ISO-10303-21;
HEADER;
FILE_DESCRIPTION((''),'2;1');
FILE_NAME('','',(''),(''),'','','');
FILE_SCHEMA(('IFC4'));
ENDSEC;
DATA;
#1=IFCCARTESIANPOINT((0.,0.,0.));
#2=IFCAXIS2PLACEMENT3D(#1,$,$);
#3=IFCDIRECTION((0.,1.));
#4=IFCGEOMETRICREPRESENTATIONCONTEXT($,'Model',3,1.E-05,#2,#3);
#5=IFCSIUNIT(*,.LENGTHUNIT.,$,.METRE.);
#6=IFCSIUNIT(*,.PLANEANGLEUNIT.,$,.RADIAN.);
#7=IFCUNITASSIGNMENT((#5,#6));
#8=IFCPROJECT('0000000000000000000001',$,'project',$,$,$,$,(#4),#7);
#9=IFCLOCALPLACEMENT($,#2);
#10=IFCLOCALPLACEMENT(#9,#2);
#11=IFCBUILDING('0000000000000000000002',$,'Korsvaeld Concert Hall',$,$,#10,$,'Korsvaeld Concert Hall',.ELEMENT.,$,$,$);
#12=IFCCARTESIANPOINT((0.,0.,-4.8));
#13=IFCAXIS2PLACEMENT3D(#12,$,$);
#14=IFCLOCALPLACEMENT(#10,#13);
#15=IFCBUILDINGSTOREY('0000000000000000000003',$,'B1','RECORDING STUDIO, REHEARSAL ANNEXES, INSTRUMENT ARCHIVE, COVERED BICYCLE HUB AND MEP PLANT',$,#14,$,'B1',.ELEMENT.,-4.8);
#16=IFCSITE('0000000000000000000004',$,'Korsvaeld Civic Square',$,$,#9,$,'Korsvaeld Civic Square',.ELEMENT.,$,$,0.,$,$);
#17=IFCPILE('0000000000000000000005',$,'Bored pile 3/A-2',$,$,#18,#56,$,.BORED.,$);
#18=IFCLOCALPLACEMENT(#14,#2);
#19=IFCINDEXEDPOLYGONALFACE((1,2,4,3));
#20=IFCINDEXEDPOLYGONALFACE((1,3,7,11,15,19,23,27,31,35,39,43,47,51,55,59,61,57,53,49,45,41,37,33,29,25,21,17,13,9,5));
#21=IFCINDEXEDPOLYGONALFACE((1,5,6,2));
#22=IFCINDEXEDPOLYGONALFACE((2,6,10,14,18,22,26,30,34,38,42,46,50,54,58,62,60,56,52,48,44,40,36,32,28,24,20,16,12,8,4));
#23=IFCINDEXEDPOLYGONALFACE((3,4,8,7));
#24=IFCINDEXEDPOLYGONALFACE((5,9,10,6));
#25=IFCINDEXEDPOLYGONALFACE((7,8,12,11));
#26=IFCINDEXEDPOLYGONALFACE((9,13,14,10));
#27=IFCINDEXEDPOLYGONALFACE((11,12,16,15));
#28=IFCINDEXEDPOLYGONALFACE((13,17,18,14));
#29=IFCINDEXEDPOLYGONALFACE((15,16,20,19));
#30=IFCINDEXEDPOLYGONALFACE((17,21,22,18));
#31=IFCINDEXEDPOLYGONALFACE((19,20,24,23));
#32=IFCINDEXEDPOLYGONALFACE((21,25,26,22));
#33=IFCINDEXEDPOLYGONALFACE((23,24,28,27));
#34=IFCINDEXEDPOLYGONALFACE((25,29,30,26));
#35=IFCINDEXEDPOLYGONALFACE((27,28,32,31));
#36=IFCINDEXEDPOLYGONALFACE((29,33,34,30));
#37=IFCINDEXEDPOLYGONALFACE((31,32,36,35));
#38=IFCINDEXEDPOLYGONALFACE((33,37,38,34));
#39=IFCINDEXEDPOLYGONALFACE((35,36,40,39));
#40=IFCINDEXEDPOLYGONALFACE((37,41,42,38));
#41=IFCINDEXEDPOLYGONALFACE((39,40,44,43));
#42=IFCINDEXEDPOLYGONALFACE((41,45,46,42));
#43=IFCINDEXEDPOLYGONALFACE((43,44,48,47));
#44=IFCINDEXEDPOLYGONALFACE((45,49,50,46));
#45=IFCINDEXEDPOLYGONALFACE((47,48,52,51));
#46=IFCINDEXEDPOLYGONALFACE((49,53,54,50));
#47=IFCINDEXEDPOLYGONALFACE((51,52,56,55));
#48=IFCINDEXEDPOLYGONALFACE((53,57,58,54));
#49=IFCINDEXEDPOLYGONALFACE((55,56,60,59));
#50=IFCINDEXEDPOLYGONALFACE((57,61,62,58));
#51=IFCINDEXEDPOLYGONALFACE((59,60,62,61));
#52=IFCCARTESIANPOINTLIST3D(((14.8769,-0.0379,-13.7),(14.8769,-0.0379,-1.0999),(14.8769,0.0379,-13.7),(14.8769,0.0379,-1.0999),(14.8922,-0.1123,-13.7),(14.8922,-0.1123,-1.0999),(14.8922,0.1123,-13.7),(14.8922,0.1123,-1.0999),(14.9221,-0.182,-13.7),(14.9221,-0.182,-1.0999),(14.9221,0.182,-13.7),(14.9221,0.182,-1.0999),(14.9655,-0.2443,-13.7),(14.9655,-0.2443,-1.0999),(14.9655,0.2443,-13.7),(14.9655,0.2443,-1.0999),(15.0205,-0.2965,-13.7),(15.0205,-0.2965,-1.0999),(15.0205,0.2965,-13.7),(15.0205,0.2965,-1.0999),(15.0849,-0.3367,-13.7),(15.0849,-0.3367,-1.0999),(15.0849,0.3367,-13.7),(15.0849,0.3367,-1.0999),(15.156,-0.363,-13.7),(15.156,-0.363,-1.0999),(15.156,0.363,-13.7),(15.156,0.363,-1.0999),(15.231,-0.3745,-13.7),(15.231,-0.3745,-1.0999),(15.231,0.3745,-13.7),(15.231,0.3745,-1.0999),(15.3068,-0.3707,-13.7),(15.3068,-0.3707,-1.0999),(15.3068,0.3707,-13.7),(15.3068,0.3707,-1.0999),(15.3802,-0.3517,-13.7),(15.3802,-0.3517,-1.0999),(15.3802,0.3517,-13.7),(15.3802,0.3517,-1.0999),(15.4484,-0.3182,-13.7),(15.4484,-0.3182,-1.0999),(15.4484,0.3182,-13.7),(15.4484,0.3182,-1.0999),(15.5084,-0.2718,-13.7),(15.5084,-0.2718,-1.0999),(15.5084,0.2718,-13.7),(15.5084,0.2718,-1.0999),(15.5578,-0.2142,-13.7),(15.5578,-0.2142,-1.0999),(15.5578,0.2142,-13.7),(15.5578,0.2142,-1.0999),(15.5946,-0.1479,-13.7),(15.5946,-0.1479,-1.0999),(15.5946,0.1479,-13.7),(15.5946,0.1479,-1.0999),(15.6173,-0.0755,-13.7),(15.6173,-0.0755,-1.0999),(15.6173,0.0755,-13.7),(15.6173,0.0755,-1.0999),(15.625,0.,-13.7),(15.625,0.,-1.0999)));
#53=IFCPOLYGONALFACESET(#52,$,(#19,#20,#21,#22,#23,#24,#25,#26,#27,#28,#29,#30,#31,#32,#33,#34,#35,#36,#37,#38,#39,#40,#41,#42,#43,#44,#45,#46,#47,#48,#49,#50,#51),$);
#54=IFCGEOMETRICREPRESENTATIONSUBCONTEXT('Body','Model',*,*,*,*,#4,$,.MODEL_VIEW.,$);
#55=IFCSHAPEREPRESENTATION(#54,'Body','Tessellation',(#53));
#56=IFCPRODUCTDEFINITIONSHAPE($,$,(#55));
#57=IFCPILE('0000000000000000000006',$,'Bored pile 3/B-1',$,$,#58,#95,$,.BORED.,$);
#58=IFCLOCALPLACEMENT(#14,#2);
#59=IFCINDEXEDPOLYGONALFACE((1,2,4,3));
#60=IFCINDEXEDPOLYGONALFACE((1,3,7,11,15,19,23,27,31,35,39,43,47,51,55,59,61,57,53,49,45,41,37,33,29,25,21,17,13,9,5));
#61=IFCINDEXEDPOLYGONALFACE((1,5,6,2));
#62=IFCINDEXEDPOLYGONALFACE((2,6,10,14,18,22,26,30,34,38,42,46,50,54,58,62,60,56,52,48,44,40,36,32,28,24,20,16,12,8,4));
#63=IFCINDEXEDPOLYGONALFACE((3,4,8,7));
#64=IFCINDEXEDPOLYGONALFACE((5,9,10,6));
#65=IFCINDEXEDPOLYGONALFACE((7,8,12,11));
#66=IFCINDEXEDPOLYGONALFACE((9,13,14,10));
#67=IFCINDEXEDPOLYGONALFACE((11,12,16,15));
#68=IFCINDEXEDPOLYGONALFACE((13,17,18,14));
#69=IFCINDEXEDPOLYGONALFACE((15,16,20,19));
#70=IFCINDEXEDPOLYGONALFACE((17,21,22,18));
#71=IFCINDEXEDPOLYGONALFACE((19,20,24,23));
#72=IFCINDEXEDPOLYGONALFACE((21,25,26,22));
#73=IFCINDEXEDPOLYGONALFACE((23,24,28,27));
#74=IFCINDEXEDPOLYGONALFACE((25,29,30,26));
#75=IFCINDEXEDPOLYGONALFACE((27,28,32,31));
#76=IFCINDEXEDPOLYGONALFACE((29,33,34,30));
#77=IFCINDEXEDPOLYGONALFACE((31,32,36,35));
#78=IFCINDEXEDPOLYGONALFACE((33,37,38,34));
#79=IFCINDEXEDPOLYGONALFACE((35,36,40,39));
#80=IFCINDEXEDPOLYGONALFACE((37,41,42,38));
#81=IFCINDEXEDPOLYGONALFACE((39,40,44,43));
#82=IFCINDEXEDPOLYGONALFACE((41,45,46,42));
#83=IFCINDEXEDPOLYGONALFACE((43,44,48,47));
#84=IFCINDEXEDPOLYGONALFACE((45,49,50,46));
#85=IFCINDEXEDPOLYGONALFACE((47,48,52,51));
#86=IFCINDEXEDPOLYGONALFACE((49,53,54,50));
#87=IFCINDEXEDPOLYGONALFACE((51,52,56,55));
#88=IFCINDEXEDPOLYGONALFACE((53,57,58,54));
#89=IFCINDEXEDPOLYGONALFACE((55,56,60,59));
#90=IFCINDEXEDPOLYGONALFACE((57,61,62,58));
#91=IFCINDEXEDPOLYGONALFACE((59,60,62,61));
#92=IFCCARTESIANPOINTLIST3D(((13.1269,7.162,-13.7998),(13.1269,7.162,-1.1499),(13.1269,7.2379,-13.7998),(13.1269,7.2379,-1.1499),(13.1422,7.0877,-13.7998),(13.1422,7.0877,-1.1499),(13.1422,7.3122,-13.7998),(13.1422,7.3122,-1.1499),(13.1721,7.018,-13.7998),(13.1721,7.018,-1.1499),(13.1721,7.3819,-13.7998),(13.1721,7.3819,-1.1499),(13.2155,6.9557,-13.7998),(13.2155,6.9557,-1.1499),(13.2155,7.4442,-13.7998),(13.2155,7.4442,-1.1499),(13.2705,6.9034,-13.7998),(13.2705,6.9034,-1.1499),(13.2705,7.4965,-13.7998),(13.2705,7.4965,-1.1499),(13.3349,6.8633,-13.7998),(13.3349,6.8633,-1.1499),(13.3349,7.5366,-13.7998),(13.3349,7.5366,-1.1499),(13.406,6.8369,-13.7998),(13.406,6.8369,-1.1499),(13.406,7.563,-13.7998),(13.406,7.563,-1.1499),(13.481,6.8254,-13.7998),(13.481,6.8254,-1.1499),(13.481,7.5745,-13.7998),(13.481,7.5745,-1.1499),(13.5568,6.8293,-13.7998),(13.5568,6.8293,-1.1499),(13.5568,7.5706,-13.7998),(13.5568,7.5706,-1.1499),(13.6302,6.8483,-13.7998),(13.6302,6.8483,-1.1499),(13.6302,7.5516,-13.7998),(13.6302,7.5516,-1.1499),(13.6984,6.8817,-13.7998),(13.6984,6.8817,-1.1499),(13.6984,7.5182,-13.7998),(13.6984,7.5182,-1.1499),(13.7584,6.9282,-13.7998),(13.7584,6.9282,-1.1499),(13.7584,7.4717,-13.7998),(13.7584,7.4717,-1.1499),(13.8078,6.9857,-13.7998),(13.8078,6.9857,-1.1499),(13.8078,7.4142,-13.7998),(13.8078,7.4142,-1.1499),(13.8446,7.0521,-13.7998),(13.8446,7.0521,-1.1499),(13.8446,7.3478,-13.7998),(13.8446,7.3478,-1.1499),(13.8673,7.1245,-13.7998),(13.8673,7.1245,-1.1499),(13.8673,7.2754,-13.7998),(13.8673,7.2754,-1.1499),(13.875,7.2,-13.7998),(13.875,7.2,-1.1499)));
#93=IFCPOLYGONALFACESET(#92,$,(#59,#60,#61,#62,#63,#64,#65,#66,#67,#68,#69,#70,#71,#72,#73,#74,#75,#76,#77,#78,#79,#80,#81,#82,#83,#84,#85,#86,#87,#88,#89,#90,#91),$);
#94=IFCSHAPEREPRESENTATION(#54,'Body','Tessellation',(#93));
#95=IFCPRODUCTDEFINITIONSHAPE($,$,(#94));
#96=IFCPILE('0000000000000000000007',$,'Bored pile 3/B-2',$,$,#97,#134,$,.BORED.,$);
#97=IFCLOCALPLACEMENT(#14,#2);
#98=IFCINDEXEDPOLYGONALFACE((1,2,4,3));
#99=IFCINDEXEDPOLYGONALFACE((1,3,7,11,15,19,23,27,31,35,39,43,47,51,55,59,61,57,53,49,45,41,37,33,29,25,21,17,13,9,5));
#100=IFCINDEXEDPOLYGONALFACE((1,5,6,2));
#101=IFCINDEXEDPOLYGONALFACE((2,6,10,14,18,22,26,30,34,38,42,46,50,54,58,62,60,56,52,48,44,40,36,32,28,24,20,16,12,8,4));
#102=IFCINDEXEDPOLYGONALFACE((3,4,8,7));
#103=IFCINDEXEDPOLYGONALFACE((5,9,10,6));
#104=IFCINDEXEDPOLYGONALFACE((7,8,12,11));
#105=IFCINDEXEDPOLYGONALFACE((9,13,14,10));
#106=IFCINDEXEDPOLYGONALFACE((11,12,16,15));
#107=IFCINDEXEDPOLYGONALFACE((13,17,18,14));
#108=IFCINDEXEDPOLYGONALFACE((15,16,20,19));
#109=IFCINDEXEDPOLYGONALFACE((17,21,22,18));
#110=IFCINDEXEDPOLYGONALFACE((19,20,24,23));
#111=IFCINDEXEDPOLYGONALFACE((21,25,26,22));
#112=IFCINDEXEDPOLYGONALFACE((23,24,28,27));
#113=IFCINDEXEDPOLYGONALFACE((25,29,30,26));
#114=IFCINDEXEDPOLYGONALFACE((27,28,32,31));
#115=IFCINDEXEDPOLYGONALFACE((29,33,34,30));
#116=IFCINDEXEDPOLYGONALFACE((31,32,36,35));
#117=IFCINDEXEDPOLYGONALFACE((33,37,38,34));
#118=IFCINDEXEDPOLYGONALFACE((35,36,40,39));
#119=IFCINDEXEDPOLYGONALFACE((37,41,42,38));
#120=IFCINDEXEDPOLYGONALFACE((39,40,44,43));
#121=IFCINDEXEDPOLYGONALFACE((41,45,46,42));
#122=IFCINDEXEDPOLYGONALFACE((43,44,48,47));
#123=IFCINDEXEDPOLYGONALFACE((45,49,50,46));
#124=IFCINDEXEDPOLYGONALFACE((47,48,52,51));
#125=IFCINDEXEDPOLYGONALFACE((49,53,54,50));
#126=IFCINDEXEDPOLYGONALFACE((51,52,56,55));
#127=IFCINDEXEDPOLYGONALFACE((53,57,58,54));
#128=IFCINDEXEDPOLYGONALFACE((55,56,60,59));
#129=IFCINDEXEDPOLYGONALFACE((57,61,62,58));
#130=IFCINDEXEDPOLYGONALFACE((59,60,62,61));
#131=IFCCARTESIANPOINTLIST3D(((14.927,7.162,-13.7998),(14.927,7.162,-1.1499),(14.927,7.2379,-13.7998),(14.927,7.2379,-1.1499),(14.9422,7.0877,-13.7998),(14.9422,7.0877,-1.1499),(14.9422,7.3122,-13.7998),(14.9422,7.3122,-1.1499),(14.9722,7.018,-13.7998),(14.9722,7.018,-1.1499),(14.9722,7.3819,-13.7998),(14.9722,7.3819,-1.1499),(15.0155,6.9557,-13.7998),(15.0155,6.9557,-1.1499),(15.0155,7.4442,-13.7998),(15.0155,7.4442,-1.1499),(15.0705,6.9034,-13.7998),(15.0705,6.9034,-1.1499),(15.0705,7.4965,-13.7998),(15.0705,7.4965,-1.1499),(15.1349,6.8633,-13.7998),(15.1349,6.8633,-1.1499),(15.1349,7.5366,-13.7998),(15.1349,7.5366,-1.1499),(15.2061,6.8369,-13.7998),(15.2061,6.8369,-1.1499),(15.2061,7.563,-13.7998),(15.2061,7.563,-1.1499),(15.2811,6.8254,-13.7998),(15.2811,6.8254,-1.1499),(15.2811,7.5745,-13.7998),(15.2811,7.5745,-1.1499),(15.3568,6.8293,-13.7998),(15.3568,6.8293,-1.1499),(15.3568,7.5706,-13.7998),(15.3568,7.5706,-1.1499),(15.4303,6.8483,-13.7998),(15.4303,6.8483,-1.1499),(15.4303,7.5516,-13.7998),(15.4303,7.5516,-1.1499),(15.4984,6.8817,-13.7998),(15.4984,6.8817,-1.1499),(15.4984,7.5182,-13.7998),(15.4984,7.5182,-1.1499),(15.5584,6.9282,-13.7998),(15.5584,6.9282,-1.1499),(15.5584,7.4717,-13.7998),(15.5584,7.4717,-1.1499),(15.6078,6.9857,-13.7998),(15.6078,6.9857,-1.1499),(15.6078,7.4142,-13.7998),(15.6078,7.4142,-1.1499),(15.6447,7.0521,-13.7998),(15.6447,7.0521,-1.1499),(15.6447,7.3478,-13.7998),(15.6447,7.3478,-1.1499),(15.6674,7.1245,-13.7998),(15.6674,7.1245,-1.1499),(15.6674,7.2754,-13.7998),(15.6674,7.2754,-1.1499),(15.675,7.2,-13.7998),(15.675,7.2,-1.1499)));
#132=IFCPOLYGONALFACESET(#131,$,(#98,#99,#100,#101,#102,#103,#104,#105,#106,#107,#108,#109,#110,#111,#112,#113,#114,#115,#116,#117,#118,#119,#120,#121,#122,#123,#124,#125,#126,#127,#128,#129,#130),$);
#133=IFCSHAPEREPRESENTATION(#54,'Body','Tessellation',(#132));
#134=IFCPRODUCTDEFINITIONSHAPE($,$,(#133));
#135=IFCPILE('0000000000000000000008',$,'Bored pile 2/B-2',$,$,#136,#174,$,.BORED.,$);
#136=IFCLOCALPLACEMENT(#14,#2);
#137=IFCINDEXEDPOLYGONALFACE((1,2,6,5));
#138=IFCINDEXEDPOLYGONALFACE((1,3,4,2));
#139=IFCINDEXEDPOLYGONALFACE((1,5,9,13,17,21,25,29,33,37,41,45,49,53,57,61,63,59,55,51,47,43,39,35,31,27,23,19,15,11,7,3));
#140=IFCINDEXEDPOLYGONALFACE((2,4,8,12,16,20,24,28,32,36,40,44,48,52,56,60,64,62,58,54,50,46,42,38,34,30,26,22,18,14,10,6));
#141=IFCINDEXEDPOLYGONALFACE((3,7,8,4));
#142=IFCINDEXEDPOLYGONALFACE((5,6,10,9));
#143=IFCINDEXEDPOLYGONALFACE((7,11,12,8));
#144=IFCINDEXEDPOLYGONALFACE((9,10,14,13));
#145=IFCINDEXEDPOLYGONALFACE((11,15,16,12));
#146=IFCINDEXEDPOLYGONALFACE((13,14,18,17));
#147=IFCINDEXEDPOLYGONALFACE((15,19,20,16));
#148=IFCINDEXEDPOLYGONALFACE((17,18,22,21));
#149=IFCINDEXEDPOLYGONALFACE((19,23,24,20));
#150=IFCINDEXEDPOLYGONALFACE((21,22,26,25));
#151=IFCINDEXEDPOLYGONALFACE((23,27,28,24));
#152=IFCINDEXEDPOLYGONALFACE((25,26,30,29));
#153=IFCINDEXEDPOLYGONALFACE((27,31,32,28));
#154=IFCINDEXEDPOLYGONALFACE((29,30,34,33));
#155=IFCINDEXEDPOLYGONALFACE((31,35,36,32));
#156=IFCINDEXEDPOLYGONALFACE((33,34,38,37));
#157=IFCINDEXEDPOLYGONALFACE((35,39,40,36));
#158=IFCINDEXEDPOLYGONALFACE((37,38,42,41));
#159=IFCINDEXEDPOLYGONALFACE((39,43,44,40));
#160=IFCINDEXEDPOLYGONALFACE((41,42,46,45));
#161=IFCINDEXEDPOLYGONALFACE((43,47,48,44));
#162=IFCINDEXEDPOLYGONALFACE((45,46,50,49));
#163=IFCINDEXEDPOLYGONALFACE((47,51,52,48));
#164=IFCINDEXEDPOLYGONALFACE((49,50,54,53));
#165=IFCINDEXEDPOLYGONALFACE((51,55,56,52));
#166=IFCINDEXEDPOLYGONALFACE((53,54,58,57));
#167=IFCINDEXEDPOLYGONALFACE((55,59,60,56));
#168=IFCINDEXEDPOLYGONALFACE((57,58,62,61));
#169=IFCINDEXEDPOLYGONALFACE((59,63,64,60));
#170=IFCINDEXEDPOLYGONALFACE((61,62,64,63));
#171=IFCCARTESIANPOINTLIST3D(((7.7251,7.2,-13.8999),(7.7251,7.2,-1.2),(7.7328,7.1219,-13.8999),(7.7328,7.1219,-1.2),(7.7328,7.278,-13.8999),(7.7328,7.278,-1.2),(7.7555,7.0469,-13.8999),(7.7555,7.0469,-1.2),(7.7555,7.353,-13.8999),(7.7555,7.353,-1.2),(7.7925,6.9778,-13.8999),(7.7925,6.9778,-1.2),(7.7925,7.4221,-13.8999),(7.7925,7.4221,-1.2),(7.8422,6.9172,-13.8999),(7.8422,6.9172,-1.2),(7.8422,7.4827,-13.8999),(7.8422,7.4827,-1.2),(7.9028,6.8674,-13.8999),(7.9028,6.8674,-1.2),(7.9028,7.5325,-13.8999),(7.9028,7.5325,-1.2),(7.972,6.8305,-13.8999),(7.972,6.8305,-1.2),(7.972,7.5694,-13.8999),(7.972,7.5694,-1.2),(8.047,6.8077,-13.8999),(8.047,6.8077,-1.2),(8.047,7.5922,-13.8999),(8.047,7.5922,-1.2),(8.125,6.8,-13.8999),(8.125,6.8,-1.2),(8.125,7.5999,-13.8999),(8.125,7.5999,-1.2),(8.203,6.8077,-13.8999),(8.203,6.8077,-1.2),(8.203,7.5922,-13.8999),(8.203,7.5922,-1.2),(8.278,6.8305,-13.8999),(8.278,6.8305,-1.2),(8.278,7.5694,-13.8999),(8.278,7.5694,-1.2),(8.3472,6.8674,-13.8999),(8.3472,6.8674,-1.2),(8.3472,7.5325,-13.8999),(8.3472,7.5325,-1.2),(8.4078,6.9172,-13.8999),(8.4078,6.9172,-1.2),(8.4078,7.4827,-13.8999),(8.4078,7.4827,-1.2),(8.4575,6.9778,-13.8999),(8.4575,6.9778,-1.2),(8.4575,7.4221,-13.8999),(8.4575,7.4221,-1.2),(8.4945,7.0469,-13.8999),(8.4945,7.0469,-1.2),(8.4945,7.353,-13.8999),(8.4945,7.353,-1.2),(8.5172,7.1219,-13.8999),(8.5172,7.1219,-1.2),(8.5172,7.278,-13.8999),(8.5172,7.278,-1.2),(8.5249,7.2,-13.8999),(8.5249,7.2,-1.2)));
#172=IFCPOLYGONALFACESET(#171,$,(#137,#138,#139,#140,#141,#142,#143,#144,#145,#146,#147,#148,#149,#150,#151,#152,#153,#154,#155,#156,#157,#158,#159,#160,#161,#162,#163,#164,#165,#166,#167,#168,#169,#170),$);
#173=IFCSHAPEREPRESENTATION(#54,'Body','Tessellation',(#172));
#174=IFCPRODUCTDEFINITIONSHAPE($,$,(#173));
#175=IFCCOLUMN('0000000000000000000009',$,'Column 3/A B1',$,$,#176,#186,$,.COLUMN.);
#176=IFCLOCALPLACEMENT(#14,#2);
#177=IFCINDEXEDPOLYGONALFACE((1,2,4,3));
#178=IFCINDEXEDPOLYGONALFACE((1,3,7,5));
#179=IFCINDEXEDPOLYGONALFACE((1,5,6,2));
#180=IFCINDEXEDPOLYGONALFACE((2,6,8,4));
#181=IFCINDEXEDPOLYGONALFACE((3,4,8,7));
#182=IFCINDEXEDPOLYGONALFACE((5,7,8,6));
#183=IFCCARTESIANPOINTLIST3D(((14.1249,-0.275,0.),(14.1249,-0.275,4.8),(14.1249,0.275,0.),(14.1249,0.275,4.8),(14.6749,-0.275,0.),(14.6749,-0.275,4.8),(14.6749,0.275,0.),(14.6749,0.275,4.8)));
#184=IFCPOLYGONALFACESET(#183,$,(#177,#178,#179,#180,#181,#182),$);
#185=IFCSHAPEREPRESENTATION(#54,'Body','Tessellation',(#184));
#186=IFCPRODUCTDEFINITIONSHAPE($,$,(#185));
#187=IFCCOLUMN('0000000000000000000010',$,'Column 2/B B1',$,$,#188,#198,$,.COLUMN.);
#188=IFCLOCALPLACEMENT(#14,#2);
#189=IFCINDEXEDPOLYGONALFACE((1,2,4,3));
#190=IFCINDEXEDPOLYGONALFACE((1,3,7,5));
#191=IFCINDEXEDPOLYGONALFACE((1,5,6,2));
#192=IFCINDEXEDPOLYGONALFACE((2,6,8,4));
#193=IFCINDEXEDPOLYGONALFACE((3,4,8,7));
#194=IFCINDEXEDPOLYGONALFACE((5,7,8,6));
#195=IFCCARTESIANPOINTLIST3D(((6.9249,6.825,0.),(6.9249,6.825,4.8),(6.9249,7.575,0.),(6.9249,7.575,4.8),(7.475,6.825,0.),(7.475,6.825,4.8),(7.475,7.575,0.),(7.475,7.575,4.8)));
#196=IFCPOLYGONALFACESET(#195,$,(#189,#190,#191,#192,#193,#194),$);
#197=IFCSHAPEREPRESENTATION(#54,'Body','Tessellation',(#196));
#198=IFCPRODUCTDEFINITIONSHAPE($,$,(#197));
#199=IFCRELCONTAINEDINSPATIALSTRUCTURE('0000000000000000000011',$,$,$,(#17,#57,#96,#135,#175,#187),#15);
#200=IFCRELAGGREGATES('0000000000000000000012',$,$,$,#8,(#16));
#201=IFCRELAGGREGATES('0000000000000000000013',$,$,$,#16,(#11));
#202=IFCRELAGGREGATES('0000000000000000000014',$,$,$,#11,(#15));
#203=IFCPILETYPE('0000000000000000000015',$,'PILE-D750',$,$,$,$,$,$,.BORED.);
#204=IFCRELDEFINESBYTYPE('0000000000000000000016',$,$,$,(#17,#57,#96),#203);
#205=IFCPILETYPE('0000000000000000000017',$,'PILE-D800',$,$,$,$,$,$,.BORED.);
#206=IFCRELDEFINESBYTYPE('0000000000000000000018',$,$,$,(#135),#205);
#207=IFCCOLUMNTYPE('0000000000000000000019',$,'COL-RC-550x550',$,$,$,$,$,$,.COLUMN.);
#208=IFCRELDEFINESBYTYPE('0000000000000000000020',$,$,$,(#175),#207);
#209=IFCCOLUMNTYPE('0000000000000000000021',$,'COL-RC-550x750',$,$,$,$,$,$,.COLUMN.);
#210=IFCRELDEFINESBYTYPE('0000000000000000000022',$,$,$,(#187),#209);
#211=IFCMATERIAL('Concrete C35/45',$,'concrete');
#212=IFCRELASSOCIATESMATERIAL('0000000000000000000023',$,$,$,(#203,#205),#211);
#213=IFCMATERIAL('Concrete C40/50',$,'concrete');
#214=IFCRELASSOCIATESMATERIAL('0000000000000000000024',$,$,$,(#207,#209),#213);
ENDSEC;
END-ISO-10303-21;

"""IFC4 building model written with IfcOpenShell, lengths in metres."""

from ifc_helpers import new_model, si_unit, direction, frame, origin, origin_2d, place, context, subcontext, project, spatial, rectangle, circle, extrude, material, material_profile, profile_set, type_object, element, save


model = new_model("IFC4")

# Units and contexts
model_context = context("Model", 3, precision=1e-05, world=origin(), true_north=direction((0.0, 1.0)))
body_context = subcontext(model_context, "Body", "Model", "MODEL_VIEW")
ifc_project = project(units=[si_unit("LENGTHUNIT", "METRE"), si_unit("PLANEANGLEUNIT", "RADIAN")], contexts=[model_context])

# Site, building, storey
site_placement = place(None, origin())
site = spatial("IfcSite", under=ifc_project, at=site_placement, Name="Korsvaeld Civic Square", LongName="Korsvaeld Civic Square", CompositionType="ELEMENT", RefElevation=0.0)
building_placement = place(site_placement, origin())
building = spatial("IfcBuilding", under=site, at=building_placement, Name="Korsvaeld Concert Hall", LongName="Korsvaeld Concert Hall", CompositionType="ELEMENT")
storey_placement = place(building_placement, frame((0.0, 0.0, -4.8)))
storey = spatial("IfcBuildingStorey", under=building, at=storey_placement, Name="B1", Description="RECORDING STUDIO, REHEARSAL ANNEXES, INSTRUMENT ARCHIVE, COVERED BICYCLE HUB AND MEP PLANT", LongName="B1", CompositionType="ELEMENT", Elevation=-4.8)

# Shared definitions
ifc_material_1 = material(Name="Concrete C35/45", Category="concrete")

# Piles
ifc_material_profile_1 = material_profile(ifc_material_1, circle(Radius=0.375, at=origin_2d()), Name="BORED PILE D750")
ifc_profile_set_1 = profile_set([ifc_material_profile_1], Name="Concrete C35/45")
pile_type_1 = type_object("IfcPileType", Name="PILE-D750", PredefinedType="BORED", material=ifc_profile_set_1)
for number, where, z_axis, x_axis, name in (
    (1, (15.25, 0.0, -1.0999), (0.0, 0.0, -1.0), (1.0, 0.0, 0.0), "Bored pile 3/A-2"),
):
    element("IfcPile", number, at=place(storey_placement, frame(where, z_axis=z_axis, x_axis=x_axis)), inside=storey, type_object=pile_type_1, Name=name, PredefinedType="BORED", context=body_context, shape_type="SweptSolid", body=[
        extrude(circle(Radius=0.375, at=origin_2d()), origin(), (0.0, 0.0, 1.0), 12.6001),
    ])
for number, where, z_axis, x_axis, name in (
    (2, (13.5, 7.2, -1.1499), (0.0, 0.0, -1.0), (1.0, 0.0, 0.0), "Bored pile 3/B-1"),
    (3, (15.3, 7.2, -1.1499), (0.0, 0.0, -1.0), (1.0, 0.0, 0.0), "Bored pile 3/B-2"),
):
    element("IfcPile", number, at=place(storey_placement, frame(where, z_axis=z_axis, x_axis=x_axis)), inside=storey, type_object=pile_type_1, Name=name, PredefinedType="BORED", context=body_context, shape_type="SweptSolid", body=[
        extrude(circle(Radius=0.375, at=origin_2d()), origin(), (0.0, 0.0, 1.0), 12.6499),
    ])
ifc_material_profile_2 = material_profile(ifc_material_1, circle(Radius=0.3999, at=origin_2d()), Name="BORED PILE D800")
ifc_profile_set_2 = profile_set([ifc_material_profile_2], Name="Concrete C35/45")
pile_type_2 = type_object("IfcPileType", Name="PILE-D800", PredefinedType="BORED", material=ifc_profile_set_2)
pile_1_placement = place(storey_placement, frame((8.125, 7.2, -1.2), z_axis=(0.0, 0.0, -1.0), x_axis=(1.0, 0.0, 0.0)))
element("IfcPile", 4, at=pile_1_placement, inside=storey, type_object=pile_type_2, Name="Bored pile 2/B-2", PredefinedType="BORED", context=body_context, shape_type="SweptSolid", body=[
    extrude(circle(Radius=0.3999, at=origin_2d()), origin(), (0.0, 0.0, 1.0), 12.7),
])

# Columns
ifc_material_2 = material(Name="Concrete C40/50", Category="concrete")
ifc_material_profile_3 = material_profile(ifc_material_2, rectangle(XDim=0.55, YDim=0.55, at=origin_2d()), Name="RC 550x550")
ifc_profile_set_3 = profile_set([ifc_material_profile_3], Name="Concrete C40/50")
column_type_1 = type_object("IfcColumnType", Name="COL-RC-550x550", PredefinedType="COLUMN", material=ifc_profile_set_3)
column_1_placement = place(storey_placement, frame((14.3999, 0.0, 0.0), z_axis=(0.0, 0.0, 1.0), x_axis=(1.0, 0.0, 0.0)))
element("IfcColumn", 5, at=column_1_placement, inside=storey, type_object=column_type_1, Name="Column 3/A B1", PredefinedType="COLUMN", context=body_context, shape_type="SweptSolid", body=[
    extrude(rectangle(XDim=0.55, YDim=0.55, at=origin_2d()), origin(), (0.0, 0.0, 1.0), 4.8),
])
ifc_material_profile_4 = material_profile(ifc_material_2, rectangle(XDim=0.55, YDim=0.75, at=origin_2d()), Name="RC 550x750")
ifc_profile_set_4 = profile_set([ifc_material_profile_4], Name="Concrete C40/50")
column_type_2 = type_object("IfcColumnType", Name="COL-RC-550x750", PredefinedType="COLUMN", material=ifc_profile_set_4)
column_2_placement = place(storey_placement, frame((7.2, 7.2, 0.0), z_axis=(0.0, 0.0, 1.0), x_axis=(1.0, 0.0, 0.0)))
element("IfcColumn", 6, at=column_2_placement, inside=storey, type_object=column_type_2, Name="Column 2/B B1", PredefinedType="COLUMN", context=body_context, shape_type="SweptSolid", body=[
    extrude(rectangle(XDim=0.55, YDim=0.75, at=origin_2d()), origin(), (0.0, 0.0, 1.0), 4.8),
])

save(model, "model.ifc")
